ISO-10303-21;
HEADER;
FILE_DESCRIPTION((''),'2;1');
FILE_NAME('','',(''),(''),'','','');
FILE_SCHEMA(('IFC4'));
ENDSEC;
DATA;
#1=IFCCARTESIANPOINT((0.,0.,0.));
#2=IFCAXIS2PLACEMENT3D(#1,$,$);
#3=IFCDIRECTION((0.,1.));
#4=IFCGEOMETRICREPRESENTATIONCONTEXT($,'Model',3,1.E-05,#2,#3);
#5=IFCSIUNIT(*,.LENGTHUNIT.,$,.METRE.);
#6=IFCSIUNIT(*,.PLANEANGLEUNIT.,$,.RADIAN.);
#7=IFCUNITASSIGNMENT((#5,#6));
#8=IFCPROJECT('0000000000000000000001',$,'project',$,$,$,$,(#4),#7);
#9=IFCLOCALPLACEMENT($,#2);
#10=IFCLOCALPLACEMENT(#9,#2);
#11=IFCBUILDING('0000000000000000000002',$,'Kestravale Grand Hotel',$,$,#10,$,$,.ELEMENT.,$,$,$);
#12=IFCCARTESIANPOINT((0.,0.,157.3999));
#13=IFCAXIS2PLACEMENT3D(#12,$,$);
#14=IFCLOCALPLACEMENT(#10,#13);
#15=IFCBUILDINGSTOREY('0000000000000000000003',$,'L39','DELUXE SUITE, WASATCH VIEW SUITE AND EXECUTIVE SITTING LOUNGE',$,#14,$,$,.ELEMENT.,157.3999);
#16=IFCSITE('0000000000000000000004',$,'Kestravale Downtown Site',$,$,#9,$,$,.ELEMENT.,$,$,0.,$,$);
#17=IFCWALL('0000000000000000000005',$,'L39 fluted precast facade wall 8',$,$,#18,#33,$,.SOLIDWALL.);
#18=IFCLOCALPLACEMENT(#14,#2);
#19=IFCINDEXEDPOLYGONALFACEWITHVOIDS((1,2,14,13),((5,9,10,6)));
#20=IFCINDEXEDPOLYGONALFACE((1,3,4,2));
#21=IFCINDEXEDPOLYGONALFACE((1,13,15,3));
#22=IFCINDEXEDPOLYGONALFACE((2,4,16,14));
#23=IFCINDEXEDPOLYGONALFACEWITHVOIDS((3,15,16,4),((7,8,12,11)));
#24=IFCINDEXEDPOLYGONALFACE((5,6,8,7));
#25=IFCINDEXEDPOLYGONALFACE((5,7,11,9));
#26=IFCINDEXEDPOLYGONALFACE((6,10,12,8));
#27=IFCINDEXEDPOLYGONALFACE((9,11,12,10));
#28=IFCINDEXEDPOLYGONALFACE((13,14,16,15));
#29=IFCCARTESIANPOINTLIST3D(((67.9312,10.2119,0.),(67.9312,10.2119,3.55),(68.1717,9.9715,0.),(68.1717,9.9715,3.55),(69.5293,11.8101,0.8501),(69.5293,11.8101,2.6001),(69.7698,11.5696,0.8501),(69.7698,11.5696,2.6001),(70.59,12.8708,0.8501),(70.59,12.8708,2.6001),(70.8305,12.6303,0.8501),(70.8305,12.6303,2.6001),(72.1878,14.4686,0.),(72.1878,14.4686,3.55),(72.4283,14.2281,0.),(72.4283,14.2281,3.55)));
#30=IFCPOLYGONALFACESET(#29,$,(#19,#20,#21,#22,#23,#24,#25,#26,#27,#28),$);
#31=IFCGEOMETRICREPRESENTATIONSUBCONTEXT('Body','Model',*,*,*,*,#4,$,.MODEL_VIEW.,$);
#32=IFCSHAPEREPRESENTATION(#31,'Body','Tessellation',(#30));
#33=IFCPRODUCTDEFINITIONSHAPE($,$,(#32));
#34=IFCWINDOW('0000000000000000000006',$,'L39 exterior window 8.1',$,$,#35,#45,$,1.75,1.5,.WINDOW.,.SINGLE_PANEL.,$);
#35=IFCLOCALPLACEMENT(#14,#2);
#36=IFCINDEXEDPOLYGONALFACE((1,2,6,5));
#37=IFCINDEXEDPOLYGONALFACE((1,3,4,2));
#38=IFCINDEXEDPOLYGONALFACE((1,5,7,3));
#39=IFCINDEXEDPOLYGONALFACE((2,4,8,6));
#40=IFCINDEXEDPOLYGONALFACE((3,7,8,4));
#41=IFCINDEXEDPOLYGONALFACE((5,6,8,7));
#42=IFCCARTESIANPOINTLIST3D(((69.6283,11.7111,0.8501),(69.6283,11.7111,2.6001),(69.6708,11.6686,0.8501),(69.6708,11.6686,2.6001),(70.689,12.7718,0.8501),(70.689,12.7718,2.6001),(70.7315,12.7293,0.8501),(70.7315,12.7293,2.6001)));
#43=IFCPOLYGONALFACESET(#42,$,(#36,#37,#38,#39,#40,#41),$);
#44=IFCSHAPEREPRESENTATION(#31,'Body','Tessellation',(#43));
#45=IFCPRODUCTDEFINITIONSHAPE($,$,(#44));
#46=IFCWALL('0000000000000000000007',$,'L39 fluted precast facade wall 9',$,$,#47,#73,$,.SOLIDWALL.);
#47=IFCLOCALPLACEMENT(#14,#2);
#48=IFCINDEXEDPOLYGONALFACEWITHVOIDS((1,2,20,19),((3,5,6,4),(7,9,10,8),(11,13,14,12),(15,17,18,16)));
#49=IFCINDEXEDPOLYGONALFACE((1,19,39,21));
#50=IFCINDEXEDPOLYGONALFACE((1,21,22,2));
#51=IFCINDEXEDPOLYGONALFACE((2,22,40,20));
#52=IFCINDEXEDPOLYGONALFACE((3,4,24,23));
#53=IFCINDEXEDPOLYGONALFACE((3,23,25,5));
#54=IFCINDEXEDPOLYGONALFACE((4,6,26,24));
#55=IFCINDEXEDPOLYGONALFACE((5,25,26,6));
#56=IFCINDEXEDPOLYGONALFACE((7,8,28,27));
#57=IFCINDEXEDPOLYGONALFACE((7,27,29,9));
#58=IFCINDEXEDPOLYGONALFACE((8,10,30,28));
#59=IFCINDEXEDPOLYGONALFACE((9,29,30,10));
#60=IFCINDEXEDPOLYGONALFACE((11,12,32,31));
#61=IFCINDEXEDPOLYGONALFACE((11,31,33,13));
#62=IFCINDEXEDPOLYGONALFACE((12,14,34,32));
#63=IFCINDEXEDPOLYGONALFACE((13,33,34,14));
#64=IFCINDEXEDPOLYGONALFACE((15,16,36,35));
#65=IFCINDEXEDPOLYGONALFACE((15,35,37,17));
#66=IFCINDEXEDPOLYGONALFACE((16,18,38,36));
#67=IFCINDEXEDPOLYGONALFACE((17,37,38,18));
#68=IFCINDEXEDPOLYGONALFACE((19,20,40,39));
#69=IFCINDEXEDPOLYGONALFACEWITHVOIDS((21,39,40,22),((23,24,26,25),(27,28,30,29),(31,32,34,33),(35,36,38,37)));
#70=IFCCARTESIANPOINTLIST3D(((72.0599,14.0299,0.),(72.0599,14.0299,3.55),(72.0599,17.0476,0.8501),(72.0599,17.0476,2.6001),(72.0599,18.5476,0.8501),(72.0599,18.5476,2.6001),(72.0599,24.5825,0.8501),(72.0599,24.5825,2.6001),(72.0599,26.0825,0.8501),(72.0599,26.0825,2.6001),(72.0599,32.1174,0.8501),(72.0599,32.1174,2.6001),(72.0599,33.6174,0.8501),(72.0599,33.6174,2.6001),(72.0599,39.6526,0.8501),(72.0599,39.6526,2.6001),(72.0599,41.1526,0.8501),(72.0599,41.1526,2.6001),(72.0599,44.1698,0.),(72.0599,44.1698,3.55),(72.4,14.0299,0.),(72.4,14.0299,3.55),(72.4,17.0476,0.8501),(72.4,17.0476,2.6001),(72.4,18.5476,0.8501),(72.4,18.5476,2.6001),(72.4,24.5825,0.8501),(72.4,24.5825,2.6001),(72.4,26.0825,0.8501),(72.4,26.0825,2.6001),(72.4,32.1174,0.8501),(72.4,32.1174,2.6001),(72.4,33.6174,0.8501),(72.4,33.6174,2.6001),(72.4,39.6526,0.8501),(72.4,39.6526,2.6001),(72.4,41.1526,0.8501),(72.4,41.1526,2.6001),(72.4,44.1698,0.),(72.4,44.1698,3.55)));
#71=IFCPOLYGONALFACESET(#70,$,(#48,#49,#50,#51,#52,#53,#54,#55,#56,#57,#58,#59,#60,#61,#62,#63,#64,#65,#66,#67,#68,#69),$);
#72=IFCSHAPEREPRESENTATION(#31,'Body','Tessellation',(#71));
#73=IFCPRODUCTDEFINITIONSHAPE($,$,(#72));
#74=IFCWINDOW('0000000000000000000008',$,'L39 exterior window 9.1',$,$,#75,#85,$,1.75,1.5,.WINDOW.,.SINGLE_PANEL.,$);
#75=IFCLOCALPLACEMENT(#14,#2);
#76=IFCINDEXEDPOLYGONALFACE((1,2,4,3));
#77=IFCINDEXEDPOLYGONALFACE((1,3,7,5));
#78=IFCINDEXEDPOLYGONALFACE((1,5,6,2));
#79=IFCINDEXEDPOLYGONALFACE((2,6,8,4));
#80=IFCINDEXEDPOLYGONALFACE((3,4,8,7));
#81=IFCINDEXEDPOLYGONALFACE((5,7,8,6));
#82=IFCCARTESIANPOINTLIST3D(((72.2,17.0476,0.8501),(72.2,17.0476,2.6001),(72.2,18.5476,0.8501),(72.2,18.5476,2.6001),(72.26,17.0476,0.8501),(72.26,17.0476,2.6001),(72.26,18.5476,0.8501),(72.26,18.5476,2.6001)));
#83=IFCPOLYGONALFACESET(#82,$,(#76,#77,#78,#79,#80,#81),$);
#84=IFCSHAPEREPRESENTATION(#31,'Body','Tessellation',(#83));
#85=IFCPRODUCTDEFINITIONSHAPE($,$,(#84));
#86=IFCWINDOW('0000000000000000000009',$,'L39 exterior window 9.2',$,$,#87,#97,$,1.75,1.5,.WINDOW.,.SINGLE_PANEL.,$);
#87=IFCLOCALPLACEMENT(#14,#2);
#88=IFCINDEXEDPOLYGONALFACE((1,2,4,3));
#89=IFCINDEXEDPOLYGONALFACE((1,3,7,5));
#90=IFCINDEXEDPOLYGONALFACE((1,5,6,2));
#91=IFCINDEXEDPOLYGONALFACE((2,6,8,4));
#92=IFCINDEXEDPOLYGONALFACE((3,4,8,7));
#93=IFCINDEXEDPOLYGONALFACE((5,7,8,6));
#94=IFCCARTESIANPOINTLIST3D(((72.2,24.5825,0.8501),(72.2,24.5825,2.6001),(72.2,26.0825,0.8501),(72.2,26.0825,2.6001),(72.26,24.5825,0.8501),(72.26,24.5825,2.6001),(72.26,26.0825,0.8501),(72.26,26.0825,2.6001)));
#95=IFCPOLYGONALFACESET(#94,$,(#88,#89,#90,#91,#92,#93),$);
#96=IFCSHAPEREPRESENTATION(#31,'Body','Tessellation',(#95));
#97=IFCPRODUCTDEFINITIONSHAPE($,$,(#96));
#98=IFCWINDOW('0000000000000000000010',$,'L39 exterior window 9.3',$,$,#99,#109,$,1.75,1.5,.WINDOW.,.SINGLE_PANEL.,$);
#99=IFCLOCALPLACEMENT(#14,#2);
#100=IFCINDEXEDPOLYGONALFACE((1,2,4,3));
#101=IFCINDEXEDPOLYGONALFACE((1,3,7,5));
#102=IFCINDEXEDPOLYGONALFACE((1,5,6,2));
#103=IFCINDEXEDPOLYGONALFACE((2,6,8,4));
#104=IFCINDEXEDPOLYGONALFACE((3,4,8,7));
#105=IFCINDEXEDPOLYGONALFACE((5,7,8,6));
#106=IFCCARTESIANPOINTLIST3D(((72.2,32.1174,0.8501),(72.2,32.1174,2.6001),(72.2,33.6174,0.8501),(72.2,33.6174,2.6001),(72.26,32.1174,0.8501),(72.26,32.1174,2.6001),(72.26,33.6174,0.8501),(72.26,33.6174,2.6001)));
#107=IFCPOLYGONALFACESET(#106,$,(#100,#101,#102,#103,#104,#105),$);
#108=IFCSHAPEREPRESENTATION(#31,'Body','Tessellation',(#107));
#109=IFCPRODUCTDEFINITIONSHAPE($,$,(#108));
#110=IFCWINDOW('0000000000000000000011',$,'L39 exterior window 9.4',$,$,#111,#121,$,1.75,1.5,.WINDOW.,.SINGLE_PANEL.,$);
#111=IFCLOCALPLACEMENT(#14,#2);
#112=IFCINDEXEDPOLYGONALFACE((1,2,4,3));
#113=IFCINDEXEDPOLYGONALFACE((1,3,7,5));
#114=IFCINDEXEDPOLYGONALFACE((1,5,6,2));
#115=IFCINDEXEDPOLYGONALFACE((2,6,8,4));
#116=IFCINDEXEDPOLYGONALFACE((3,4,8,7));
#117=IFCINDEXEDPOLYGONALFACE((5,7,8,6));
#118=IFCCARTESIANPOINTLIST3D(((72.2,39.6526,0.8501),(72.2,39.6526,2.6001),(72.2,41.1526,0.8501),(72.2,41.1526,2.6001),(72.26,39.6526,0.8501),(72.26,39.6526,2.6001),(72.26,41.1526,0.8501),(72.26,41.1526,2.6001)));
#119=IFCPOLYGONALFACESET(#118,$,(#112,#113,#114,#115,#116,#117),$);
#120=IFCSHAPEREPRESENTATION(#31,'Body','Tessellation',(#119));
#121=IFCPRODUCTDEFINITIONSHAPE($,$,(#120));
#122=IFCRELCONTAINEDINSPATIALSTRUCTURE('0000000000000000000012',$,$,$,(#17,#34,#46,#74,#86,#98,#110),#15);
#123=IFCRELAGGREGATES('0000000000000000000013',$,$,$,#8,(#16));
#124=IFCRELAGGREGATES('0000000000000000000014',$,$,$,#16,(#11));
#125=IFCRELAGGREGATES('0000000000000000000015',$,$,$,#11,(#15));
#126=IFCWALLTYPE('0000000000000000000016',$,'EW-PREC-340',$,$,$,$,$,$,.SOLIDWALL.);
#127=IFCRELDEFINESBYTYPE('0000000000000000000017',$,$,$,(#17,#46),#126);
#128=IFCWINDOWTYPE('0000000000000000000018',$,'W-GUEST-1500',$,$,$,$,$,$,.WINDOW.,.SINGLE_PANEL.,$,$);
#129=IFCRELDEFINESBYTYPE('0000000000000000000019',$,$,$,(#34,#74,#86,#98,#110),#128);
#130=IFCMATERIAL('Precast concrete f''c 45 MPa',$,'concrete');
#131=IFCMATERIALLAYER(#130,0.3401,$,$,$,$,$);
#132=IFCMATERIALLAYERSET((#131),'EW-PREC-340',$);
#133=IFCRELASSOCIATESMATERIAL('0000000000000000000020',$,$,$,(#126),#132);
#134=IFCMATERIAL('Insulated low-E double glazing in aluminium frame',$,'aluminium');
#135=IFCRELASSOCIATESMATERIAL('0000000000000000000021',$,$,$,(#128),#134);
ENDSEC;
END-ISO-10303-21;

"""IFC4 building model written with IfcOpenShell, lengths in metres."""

from ifc_helpers import new_model, si_unit, direction, frame, frame_2d, origin, place, context, subcontext, project, spatial, rectangle, extrude, material, layer, layer_set, type_object, element, fill, save


model = new_model("IFC4")

# Units and contexts
model_context = context("Model", 3, precision=1e-05, world=origin(), true_north=direction((0.0, 1.0)))
body_context = subcontext(model_context, "Body", "Model", "MODEL_VIEW")
ifc_project = project(units=[si_unit("LENGTHUNIT", "METRE"), si_unit("PLANEANGLEUNIT", "RADIAN")], contexts=[model_context])

# Site, building, storey
site_placement = place(None, origin())
site = spatial("IfcSite", under=ifc_project, at=site_placement, Name="Kestravale Downtown Site", CompositionType="ELEMENT", RefElevation=0.0)
building_placement = place(site_placement, origin())
building = spatial("IfcBuilding", under=site, at=building_placement, Name="Kestravale Grand Hotel", CompositionType="ELEMENT")
storey_placement = place(building_placement, frame((0.0, 0.0, 157.3999)))
storey = spatial("IfcBuildingStorey", under=building, at=storey_placement, Name="L39", Description="DELUXE SUITE, WASATCH VIEW SUITE AND EXECUTIVE SITTING LOUNGE", CompositionType="ELEMENT", Elevation=157.3999)

# Wall, opening, window
ifc_material_1 = material(Name="Precast concrete f'c 45 MPa", Category="concrete")
ifc_layer_1 = layer(ifc_material_1, 0.3401)
ifc_layer_set_1 = layer_set([ifc_layer_1], Name="EW-PREC-340")
wall_type_1 = type_object("IfcWallType", Name="EW-PREC-340", PredefinedType="SOLIDWALL", material=ifc_layer_set_1)
wall_1_placement = place(storey_placement, frame((68.0515, 10.0918, 0.0), z_axis=(0.0, 0.0, 1.0), x_axis=(0.707107, 0.707107, 0.0)))
wall_1 = element("IfcWall", 1, at=wall_1_placement, inside=storey, type_object=wall_type_1, Name="L39 fluted precast facade wall 8", PredefinedType="SOLIDWALL", context=body_context, shape_type="SweptSolid", body=[
    extrude(rectangle(XDim=6.0198, YDim=0.3401, at=frame_2d((3.0098, 0.0))), origin(), (0.0, 0.0, 1.0), 3.55),
])
opening_1_placement = place(wall_1_placement, frame((2.26, 0.0, 0.8501)))
opening_1 = element("IfcOpeningElement", 2, at=opening_1_placement, cuts=wall_1, PredefinedType="OPENING", context=body_context, shape_type="SweptSolid", body=[
    extrude(rectangle(XDim=1.5, YDim=1.75, at=frame_2d((0.75, 0.875))), frame((0.0, 0.1799, 0.0), z_axis=(0.0, -1.0, 0.0), x_axis=(1.0, 0.0, 0.0)), (0.0, 0.0, 1.0), 0.3601),
])
ifc_material_2 = material(Name="Insulated low-E double glazing in aluminium frame", Category="aluminium")
window_type = type_object("IfcWindowType", Name="W-GUEST-1500", PartitioningType="SINGLE_PANEL", PredefinedType="WINDOW", material=ifc_material_2)
window_1_placement = place(opening_1_placement, origin())
window_1 = element("IfcWindow", 3, at=window_1_placement, inside=storey, type_object=window_type, Name="L39 exterior window 8.1", OverallHeight=1.75, OverallWidth=1.5, PartitioningType="SINGLE_PANEL", PredefinedType="WINDOW", context=body_context, shape_type="SweptSolid", body=[
    extrude(rectangle(XDim=1.5, YDim=1.75, at=frame_2d((0.75, 0.875))), frame((0.0, 0.03, 0.0), z_axis=(0.0, -1.0, 0.0), x_axis=(1.0, 0.0, 0.0)), (0.0, 0.0, 1.0), 0.0601),
])
fill(opening_1, window_1)

# Wall, openings, windows
wall_2_placement = place(storey_placement, frame((72.23, 14.03, 0.0), z_axis=(0.0, 0.0, 1.0), x_axis=(0.0, 1.0, 0.0)))
wall_2 = element("IfcWall", 4, at=wall_2_placement, inside=storey, type_object=wall_type_1, Name="L39 fluted precast facade wall 9", PredefinedType="SOLIDWALL", context=body_context, shape_type="SweptSolid", body=[
    extrude(rectangle(XDim=30.1399, YDim=0.3401, at=frame_2d((15.0698, 0.0))), origin(), (0.0, 0.0, 1.0), 3.55),
])
opening_2_placement = place(wall_2_placement, frame((3.0176, 0.0, 0.8501)))
opening_2 = element("IfcOpeningElement", 5, at=opening_2_placement, cuts=wall_2, PredefinedType="OPENING", context=body_context, shape_type="SweptSolid", body=[
    extrude(rectangle(XDim=1.5, YDim=1.75, at=frame_2d((0.75, 0.875))), frame((0.0, 0.1799, 0.0), z_axis=(0.0, -1.0, 0.0), x_axis=(1.0, 0.0, 0.0)), (0.0, 0.0, 1.0), 0.3601),
])
opening_3_placement = place(wall_2_placement, frame((10.5525, 0.0, 0.8501)))
opening_3 = element("IfcOpeningElement", 6, at=opening_3_placement, cuts=wall_2, PredefinedType="OPENING", context=body_context, shape_type="SweptSolid", body=[
    extrude(rectangle(XDim=1.5, YDim=1.75, at=frame_2d((0.75, 0.875))), frame((0.0, 0.1799, 0.0), z_axis=(0.0, -1.0, 0.0), x_axis=(1.0, 0.0, 0.0)), (0.0, 0.0, 1.0), 0.3601),
])
opening_4_placement = place(wall_2_placement, frame((18.0874, 0.0, 0.8501)))
opening_4 = element("IfcOpeningElement", 7, at=opening_4_placement, cuts=wall_2, PredefinedType="OPENING", context=body_context, shape_type="SweptSolid", body=[
    extrude(rectangle(XDim=1.5, YDim=1.75, at=frame_2d((0.75, 0.875))), frame((0.0, 0.1799, 0.0), z_axis=(0.0, -1.0, 0.0), x_axis=(1.0, 0.0, 0.0)), (0.0, 0.0, 1.0), 0.3601),
])
opening_5_placement = place(wall_2_placement, frame((25.6226, 0.0, 0.8501)))
opening_5 = element("IfcOpeningElement", 8, at=opening_5_placement, cuts=wall_2, PredefinedType="OPENING", context=body_context, shape_type="SweptSolid", body=[
    extrude(rectangle(XDim=1.5, YDim=1.75, at=frame_2d((0.75, 0.875))), frame((0.0, 0.1799, 0.0), z_axis=(0.0, -1.0, 0.0), x_axis=(1.0, 0.0, 0.0)), (0.0, 0.0, 1.0), 0.3601),
])
window_2_placement = place(opening_2_placement, origin())
window_2 = element("IfcWindow", 9, at=window_2_placement, inside=storey, type_object=window_type, Name="L39 exterior window 9.1", OverallHeight=1.75, OverallWidth=1.5, PartitioningType="SINGLE_PANEL", PredefinedType="WINDOW", context=body_context, shape_type="SweptSolid", body=[
    extrude(rectangle(XDim=1.5, YDim=1.75, at=frame_2d((0.75, 0.875))), frame((0.0, 0.03, 0.0), z_axis=(0.0, -1.0, 0.0), x_axis=(1.0, 0.0, 0.0)), (0.0, 0.0, 1.0), 0.0601),
])
fill(opening_2, window_2)
window_3_placement = place(opening_3_placement, origin())
window_3 = element("IfcWindow", 10, at=window_3_placement, inside=storey, type_object=window_type, Name="L39 exterior window 9.2", OverallHeight=1.75, OverallWidth=1.5, PartitioningType="SINGLE_PANEL", PredefinedType="WINDOW", context=body_context, shape_type="SweptSolid", body=[
    extrude(rectangle(XDim=1.5, YDim=1.75, at=frame_2d((0.75, 0.875))), frame((0.0, 0.03, 0.0), z_axis=(0.0, -1.0, 0.0), x_axis=(1.0, 0.0, 0.0)), (0.0, 0.0, 1.0), 0.0601),
])
fill(opening_3, window_3)
window_4_placement = place(opening_4_placement, origin())
window_4 = element("IfcWindow", 11, at=window_4_placement, inside=storey, type_object=window_type, Name="L39 exterior window 9.3", OverallHeight=1.75, OverallWidth=1.5, PartitioningType="SINGLE_PANEL", PredefinedType="WINDOW", context=body_context, shape_type="SweptSolid", body=[
    extrude(rectangle(XDim=1.5, YDim=1.75, at=frame_2d((0.75, 0.875))), frame((0.0, 0.03, 0.0), z_axis=(0.0, -1.0, 0.0), x_axis=(1.0, 0.0, 0.0)), (0.0, 0.0, 1.0), 0.0601),
])
fill(opening_4, window_4)
window_5_placement = place(opening_5_placement, origin())
window_5 = element("IfcWindow", 12, at=window_5_placement, inside=storey, type_object=window_type, Name="L39 exterior window 9.4", OverallHeight=1.75, OverallWidth=1.5, PartitioningType="SINGLE_PANEL", PredefinedType="WINDOW", context=body_context, shape_type="SweptSolid", body=[
    extrude(rectangle(XDim=1.5, YDim=1.75, at=frame_2d((0.75, 0.875))), frame((0.0, 0.03, 0.0), z_axis=(0.0, -1.0, 0.0), x_axis=(1.0, 0.0, 0.0)), (0.0, 0.0, 1.0), 0.0601),
])
fill(opening_5, window_5)

save(model, "model.ifc")
